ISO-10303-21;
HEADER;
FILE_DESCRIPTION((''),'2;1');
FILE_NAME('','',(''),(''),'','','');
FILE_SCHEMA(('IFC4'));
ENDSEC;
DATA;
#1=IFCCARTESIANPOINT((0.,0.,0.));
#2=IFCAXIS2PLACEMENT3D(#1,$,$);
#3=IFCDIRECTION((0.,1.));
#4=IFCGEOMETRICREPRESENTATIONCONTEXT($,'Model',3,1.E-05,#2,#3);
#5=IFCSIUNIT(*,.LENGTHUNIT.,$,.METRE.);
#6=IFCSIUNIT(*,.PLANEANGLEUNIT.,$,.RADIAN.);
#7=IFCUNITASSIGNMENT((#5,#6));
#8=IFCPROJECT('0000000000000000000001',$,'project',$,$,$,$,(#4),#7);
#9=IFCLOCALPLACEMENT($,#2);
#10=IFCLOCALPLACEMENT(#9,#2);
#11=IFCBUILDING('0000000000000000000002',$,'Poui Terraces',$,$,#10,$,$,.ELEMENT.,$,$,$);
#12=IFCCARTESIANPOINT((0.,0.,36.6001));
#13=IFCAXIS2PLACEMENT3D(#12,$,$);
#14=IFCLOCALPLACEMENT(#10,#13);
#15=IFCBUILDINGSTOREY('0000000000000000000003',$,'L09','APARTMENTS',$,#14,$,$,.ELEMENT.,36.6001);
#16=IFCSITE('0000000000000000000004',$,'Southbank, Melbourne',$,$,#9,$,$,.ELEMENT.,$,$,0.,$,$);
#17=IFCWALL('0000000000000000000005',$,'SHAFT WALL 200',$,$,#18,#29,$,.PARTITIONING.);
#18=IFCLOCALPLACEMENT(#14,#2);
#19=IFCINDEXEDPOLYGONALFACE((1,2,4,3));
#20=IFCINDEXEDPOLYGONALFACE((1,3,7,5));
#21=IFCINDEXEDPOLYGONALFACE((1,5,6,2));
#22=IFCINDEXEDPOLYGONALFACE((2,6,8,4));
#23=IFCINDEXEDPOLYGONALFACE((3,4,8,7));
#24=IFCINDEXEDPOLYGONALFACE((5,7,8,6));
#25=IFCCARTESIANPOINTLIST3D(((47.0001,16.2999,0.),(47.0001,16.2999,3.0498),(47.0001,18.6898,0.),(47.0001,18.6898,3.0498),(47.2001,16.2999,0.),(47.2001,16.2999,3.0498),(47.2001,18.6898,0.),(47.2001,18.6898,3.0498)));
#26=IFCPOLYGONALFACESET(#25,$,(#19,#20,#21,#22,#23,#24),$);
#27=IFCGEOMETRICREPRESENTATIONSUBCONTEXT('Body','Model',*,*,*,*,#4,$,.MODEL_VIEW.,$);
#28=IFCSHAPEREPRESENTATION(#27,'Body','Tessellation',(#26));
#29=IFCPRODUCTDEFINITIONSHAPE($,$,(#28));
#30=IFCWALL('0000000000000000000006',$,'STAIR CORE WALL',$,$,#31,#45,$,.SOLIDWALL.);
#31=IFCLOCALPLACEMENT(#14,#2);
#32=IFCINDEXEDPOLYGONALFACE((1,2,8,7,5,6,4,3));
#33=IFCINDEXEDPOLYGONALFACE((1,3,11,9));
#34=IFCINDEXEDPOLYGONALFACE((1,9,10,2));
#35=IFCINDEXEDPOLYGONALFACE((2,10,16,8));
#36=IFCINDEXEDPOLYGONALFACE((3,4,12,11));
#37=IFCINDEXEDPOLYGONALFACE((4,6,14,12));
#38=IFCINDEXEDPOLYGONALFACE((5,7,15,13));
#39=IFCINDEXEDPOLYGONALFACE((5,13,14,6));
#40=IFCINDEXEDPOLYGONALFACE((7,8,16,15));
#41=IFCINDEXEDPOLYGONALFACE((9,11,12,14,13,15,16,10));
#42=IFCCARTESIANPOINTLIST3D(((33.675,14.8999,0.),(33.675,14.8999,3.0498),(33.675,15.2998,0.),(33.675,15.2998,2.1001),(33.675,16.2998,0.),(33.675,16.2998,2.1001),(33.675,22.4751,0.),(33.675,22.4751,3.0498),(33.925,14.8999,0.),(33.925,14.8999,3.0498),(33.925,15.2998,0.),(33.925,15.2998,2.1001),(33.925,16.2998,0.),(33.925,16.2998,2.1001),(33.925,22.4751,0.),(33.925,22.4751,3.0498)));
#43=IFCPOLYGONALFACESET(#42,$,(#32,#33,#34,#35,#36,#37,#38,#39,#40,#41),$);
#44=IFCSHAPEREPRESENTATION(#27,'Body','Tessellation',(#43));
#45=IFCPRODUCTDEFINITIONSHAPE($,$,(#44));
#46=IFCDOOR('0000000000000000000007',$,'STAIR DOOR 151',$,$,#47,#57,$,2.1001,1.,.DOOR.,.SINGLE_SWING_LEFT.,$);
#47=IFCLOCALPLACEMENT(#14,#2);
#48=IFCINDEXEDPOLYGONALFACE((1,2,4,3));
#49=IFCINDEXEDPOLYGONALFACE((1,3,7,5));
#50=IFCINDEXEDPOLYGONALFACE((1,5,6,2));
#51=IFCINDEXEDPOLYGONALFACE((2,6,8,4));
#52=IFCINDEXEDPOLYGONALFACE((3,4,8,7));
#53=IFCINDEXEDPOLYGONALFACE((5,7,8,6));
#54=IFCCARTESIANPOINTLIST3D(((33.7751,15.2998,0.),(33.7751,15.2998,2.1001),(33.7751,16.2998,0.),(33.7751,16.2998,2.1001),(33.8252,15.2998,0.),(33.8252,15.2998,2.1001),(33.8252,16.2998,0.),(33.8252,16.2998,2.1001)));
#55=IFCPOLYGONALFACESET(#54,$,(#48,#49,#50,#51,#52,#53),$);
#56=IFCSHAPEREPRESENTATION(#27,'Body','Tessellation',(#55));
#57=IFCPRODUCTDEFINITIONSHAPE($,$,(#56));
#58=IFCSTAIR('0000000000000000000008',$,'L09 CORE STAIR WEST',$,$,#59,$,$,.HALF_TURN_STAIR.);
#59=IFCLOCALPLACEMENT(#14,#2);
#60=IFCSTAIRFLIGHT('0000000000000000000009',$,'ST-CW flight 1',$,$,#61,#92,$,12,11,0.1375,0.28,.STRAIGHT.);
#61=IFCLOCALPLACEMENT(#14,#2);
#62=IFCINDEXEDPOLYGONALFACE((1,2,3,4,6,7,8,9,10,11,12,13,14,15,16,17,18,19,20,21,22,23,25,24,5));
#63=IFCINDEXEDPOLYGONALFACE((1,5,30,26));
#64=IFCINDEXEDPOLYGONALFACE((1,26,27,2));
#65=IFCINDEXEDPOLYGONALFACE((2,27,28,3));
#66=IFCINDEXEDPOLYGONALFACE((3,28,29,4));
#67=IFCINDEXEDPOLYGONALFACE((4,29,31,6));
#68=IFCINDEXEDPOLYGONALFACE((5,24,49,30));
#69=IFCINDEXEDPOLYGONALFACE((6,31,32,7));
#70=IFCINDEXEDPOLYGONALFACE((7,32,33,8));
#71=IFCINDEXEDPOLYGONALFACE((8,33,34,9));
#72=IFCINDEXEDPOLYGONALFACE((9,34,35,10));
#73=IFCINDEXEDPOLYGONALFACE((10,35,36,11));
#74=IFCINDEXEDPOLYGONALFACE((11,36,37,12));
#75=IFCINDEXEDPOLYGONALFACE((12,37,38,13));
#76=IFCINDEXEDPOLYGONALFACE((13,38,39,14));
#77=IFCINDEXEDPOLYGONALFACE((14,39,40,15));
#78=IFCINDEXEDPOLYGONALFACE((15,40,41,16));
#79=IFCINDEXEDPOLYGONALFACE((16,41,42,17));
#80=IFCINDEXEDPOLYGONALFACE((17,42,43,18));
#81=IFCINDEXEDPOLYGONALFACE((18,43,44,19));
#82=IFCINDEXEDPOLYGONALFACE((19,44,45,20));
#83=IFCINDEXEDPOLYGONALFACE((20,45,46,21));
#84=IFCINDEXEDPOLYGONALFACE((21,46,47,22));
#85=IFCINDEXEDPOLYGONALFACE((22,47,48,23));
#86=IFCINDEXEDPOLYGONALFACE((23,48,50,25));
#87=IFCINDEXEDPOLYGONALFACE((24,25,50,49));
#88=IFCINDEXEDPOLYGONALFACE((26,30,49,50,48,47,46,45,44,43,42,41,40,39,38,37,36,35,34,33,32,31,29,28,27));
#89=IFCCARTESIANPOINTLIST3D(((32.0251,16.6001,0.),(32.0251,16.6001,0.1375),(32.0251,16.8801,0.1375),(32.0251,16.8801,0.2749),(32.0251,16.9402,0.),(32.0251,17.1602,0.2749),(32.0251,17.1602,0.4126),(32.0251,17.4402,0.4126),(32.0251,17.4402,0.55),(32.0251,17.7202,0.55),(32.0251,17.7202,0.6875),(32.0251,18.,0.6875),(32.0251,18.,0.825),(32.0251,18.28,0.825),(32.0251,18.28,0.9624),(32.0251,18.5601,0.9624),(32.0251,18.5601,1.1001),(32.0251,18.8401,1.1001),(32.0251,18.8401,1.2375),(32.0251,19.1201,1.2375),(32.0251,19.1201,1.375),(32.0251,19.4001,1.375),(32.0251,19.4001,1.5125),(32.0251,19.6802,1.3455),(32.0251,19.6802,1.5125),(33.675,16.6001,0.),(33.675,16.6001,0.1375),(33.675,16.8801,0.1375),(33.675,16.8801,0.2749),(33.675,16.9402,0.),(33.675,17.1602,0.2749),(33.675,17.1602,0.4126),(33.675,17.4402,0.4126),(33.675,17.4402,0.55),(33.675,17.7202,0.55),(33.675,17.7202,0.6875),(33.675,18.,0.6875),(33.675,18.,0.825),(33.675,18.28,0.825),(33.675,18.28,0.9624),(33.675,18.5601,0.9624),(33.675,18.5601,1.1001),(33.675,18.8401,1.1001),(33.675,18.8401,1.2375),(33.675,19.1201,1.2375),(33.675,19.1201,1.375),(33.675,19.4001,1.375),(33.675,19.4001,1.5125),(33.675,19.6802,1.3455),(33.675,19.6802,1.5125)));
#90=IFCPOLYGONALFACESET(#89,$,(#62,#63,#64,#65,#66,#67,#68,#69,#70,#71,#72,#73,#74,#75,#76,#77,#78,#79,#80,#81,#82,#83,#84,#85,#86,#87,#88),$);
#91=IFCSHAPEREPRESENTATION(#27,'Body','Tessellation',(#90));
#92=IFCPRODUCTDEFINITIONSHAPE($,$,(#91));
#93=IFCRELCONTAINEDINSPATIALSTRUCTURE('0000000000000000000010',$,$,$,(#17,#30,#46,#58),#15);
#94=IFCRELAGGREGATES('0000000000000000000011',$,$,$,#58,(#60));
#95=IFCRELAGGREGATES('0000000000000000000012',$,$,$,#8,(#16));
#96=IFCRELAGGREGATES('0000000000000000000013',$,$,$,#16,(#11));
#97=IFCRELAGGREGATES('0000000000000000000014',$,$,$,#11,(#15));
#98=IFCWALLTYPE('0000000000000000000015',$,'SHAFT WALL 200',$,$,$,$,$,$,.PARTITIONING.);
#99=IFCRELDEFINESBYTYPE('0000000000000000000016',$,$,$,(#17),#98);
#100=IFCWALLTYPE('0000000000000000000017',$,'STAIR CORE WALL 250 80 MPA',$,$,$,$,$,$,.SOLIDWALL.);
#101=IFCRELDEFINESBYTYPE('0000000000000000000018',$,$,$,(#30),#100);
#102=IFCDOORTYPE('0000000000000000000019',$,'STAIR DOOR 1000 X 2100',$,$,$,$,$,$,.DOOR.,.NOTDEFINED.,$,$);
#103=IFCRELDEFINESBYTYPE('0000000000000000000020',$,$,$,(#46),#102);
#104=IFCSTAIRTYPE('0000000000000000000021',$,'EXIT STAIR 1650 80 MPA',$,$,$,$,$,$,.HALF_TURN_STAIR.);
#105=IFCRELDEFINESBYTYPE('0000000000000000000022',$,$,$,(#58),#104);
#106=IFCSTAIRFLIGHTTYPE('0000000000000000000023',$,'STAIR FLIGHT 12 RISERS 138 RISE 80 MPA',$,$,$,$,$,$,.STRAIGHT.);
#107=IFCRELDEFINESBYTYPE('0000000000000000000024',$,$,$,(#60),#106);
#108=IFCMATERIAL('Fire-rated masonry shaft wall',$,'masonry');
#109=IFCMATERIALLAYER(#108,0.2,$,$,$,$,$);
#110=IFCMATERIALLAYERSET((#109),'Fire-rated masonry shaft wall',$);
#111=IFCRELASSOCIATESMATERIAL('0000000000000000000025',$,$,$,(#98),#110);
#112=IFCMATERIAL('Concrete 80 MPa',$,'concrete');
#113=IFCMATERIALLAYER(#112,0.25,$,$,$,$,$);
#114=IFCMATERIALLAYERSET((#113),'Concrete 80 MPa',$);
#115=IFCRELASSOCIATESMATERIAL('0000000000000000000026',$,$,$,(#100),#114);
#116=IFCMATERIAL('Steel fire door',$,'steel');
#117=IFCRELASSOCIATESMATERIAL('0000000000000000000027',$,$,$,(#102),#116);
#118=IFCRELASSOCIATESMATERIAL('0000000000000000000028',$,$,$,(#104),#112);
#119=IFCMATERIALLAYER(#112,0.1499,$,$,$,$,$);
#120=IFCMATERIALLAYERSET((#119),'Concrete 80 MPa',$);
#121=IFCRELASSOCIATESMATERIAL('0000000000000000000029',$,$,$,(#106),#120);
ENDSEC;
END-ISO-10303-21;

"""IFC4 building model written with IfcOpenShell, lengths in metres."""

from ifc_helpers import new_model, si_unit, direction, frame, frame_2d, origin, place, context, subcontext, project, spatial, polyline, rectangle, outline, extrude, material, layer, layer_set, type_object, element, fill, aggregate, save


model = new_model("IFC4")

# Units and contexts
model_context = context("Model", 3, precision=1e-05, world=origin(), true_north=direction((0.0, 1.0)))
body_context = subcontext(model_context, "Body", "Model", "MODEL_VIEW")
ifc_project = project(units=[si_unit("LENGTHUNIT", "METRE"), si_unit("PLANEANGLEUNIT", "RADIAN")], contexts=[model_context])

# Site, building, storey
site_placement = place(None, origin())
site = spatial("IfcSite", under=ifc_project, at=site_placement, Name="Southbank, Melbourne", CompositionType="ELEMENT", RefElevation=0.0)
building_placement = place(site_placement, origin())
building = spatial("IfcBuilding", under=site, at=building_placement, Name="Poui Terraces", CompositionType="ELEMENT")
storey_placement = place(building_placement, frame((0.0, 0.0, 36.6001)))
storey = spatial("IfcBuildingStorey", under=building, at=storey_placement, Name="L09", Description="APARTMENTS", CompositionType="ELEMENT", Elevation=36.6001)

# Shared definitions
ifc_material_1 = material(Name="Concrete 80 MPa", Category="concrete")
ifc_material_2 = material(Name="Steel fire door", Category="steel")

# Shared definitions
ifc_material_3 = material(Name="Fire-rated masonry shaft wall", Category="masonry")
ifc_layer_1 = layer(ifc_material_3, 0.2)
ifc_layer_set_1 = layer_set([ifc_layer_1], Name="Fire-rated masonry shaft wall")
wall_type_1 = type_object("IfcWallType", Name="SHAFT WALL 200", PredefinedType="PARTITIONING", material=ifc_layer_set_1)

# Wall
wall_1_placement = place(storey_placement, frame((47.1001, 16.3, 0.0), z_axis=(0.0, 0.0, 1.0), x_axis=(0.0, 1.0, 0.0)))
element("IfcWall", 1, at=wall_1_placement, inside=storey, type_object=wall_type_1, Name="SHAFT WALL 200", PredefinedType="PARTITIONING", context=body_context, shape_type="SweptSolid", body=[
    extrude(rectangle(XDim=2.3899, YDim=0.2, at=frame_2d((1.1948, 0.0))), origin(), (0.0, 0.0, 1.0), 3.0498),
])

# Wall, opening, door
ifc_layer_2 = layer(ifc_material_1, 0.25)
ifc_layer_set_2 = layer_set([ifc_layer_2], Name="Concrete 80 MPa")
wall_type_2 = type_object("IfcWallType", Name="STAIR CORE WALL 250 80 MPA", PredefinedType="SOLIDWALL", material=ifc_layer_set_2)
wall_2_placement = place(storey_placement, frame((33.8, 14.8999, 0.0), z_axis=(0.0, 0.0, 1.0), x_axis=(0.0, 1.0, 0.0)))
wall_2 = element("IfcWall", 2, at=wall_2_placement, inside=storey, type_object=wall_type_2, Name="STAIR CORE WALL", PredefinedType="SOLIDWALL", context=body_context, shape_type="SweptSolid", body=[
    extrude(rectangle(XDim=7.5752, YDim=0.25, at=frame_2d((3.7876, 0.0))), origin(), (0.0, 0.0, 1.0), 3.0498),
])
opening_1_placement = place(wall_2_placement, frame((0.3999, 0.0, 0.0)))
opening_1 = element("IfcOpeningElement", 3, at=opening_1_placement, cuts=wall_2, PredefinedType="OPENING", context=body_context, shape_type="SweptSolid", body=[
    extrude(rectangle(XDim=1.0, YDim=2.1001, at=frame_2d((0.5, 1.05))), frame((0.0, 0.135, 0.0), z_axis=(0.0, -1.0, 0.0), x_axis=(1.0, 0.0, 0.0)), (0.0, 0.0, 1.0), 0.27),
])
door_type_1 = type_object("IfcDoorType", Name="STAIR DOOR 1000 X 2100", OperationType="NOTDEFINED", PredefinedType="DOOR", material=ifc_material_2)
door_1_placement = place(opening_1_placement, origin())
door_1 = element("IfcDoor", 4, at=door_1_placement, inside=storey, type_object=door_type_1, Name="STAIR DOOR 151", OperationType="SINGLE_SWING_LEFT", OverallHeight=2.1001, OverallWidth=1.0, PredefinedType="DOOR", context=body_context, shape_type="SweptSolid", body=[
    extrude(rectangle(XDim=1.0, YDim=2.1001, at=frame_2d((0.5, 1.05))), frame((0.0, 0.0249, 0.0), z_axis=(0.0, -1.0, 0.0), x_axis=(1.0, 0.0, 0.0)), (0.0, 0.0, 1.0), 0.05),
])
fill(opening_1, door_1)

# Stair, stair flight
stair_type = type_object("IfcStairType", Name="EXIT STAIR 1650 80 MPA", PredefinedType="HALF_TURN_STAIR", material=ifc_material_1)
stair_placement = place(storey_placement, origin())
stair = element("IfcStair", 5, at=stair_placement, inside=storey, type_object=stair_type, Name="L09 CORE STAIR WEST", PredefinedType="HALF_TURN_STAIR")
ifc_layer_3 = layer(ifc_material_1, 0.1499)
ifc_layer_set_3 = layer_set([ifc_layer_3], Name="Concrete 80 MPa")
stair_flight_type = type_object("IfcStairFlightType", Name="STAIR FLIGHT 12 RISERS 138 RISE 80 MPA", PredefinedType="STRAIGHT", material=ifc_layer_set_3)
stair_flight_placement = place(storey_placement, frame((32.8501, 16.6001, 0.0), z_axis=(0.0, 0.0, 1.0), x_axis=(0.0, 1.0, 0.0)))
stair_flight = element("IfcStairFlight", 6, at=stair_flight_placement, type_object=stair_flight_type, Name="ST-CW flight 1", NumberOfRisers=12, NumberOfTreads=11, PredefinedType="STRAIGHT", RiserHeight=0.1375, TreadLength=0.28, context=body_context, shape_type="SweptSolid", body=[
    extrude(outline(polyline([(0.0, 0.0), (0.0, 0.1375), (0.28, 0.1375), (0.28, 0.2749), (0.5601, 0.2749), (0.5601, 0.4126), (0.8401, 0.4126), (0.8401, 0.55), (1.1201, 0.55), (1.1201, 0.6875), (1.3999, 0.6875), (1.3999, 0.825), (1.6799, 0.825), (1.6799, 0.9624), (1.96, 0.9624), (1.96, 1.1001), (2.24, 1.1001), (2.24, 1.2375), (2.52, 1.2375), (2.52, 1.375), (2.8, 1.375), (2.8, 1.5125), (3.0801, 1.5125), (3.0801, 1.6499), (3.0801, 1.3455), (0.3401, 0.0), (0.0, 0.0)])), frame((0.0, 0.825, 0.0), z_axis=(0.0, -1.0, 0.0), x_axis=(1.0, 0.0, 0.0)), (0.0, 0.0, 1.0), 1.6499),
])
aggregate(stair, [stair_flight])

save(model, "model.ifc")
